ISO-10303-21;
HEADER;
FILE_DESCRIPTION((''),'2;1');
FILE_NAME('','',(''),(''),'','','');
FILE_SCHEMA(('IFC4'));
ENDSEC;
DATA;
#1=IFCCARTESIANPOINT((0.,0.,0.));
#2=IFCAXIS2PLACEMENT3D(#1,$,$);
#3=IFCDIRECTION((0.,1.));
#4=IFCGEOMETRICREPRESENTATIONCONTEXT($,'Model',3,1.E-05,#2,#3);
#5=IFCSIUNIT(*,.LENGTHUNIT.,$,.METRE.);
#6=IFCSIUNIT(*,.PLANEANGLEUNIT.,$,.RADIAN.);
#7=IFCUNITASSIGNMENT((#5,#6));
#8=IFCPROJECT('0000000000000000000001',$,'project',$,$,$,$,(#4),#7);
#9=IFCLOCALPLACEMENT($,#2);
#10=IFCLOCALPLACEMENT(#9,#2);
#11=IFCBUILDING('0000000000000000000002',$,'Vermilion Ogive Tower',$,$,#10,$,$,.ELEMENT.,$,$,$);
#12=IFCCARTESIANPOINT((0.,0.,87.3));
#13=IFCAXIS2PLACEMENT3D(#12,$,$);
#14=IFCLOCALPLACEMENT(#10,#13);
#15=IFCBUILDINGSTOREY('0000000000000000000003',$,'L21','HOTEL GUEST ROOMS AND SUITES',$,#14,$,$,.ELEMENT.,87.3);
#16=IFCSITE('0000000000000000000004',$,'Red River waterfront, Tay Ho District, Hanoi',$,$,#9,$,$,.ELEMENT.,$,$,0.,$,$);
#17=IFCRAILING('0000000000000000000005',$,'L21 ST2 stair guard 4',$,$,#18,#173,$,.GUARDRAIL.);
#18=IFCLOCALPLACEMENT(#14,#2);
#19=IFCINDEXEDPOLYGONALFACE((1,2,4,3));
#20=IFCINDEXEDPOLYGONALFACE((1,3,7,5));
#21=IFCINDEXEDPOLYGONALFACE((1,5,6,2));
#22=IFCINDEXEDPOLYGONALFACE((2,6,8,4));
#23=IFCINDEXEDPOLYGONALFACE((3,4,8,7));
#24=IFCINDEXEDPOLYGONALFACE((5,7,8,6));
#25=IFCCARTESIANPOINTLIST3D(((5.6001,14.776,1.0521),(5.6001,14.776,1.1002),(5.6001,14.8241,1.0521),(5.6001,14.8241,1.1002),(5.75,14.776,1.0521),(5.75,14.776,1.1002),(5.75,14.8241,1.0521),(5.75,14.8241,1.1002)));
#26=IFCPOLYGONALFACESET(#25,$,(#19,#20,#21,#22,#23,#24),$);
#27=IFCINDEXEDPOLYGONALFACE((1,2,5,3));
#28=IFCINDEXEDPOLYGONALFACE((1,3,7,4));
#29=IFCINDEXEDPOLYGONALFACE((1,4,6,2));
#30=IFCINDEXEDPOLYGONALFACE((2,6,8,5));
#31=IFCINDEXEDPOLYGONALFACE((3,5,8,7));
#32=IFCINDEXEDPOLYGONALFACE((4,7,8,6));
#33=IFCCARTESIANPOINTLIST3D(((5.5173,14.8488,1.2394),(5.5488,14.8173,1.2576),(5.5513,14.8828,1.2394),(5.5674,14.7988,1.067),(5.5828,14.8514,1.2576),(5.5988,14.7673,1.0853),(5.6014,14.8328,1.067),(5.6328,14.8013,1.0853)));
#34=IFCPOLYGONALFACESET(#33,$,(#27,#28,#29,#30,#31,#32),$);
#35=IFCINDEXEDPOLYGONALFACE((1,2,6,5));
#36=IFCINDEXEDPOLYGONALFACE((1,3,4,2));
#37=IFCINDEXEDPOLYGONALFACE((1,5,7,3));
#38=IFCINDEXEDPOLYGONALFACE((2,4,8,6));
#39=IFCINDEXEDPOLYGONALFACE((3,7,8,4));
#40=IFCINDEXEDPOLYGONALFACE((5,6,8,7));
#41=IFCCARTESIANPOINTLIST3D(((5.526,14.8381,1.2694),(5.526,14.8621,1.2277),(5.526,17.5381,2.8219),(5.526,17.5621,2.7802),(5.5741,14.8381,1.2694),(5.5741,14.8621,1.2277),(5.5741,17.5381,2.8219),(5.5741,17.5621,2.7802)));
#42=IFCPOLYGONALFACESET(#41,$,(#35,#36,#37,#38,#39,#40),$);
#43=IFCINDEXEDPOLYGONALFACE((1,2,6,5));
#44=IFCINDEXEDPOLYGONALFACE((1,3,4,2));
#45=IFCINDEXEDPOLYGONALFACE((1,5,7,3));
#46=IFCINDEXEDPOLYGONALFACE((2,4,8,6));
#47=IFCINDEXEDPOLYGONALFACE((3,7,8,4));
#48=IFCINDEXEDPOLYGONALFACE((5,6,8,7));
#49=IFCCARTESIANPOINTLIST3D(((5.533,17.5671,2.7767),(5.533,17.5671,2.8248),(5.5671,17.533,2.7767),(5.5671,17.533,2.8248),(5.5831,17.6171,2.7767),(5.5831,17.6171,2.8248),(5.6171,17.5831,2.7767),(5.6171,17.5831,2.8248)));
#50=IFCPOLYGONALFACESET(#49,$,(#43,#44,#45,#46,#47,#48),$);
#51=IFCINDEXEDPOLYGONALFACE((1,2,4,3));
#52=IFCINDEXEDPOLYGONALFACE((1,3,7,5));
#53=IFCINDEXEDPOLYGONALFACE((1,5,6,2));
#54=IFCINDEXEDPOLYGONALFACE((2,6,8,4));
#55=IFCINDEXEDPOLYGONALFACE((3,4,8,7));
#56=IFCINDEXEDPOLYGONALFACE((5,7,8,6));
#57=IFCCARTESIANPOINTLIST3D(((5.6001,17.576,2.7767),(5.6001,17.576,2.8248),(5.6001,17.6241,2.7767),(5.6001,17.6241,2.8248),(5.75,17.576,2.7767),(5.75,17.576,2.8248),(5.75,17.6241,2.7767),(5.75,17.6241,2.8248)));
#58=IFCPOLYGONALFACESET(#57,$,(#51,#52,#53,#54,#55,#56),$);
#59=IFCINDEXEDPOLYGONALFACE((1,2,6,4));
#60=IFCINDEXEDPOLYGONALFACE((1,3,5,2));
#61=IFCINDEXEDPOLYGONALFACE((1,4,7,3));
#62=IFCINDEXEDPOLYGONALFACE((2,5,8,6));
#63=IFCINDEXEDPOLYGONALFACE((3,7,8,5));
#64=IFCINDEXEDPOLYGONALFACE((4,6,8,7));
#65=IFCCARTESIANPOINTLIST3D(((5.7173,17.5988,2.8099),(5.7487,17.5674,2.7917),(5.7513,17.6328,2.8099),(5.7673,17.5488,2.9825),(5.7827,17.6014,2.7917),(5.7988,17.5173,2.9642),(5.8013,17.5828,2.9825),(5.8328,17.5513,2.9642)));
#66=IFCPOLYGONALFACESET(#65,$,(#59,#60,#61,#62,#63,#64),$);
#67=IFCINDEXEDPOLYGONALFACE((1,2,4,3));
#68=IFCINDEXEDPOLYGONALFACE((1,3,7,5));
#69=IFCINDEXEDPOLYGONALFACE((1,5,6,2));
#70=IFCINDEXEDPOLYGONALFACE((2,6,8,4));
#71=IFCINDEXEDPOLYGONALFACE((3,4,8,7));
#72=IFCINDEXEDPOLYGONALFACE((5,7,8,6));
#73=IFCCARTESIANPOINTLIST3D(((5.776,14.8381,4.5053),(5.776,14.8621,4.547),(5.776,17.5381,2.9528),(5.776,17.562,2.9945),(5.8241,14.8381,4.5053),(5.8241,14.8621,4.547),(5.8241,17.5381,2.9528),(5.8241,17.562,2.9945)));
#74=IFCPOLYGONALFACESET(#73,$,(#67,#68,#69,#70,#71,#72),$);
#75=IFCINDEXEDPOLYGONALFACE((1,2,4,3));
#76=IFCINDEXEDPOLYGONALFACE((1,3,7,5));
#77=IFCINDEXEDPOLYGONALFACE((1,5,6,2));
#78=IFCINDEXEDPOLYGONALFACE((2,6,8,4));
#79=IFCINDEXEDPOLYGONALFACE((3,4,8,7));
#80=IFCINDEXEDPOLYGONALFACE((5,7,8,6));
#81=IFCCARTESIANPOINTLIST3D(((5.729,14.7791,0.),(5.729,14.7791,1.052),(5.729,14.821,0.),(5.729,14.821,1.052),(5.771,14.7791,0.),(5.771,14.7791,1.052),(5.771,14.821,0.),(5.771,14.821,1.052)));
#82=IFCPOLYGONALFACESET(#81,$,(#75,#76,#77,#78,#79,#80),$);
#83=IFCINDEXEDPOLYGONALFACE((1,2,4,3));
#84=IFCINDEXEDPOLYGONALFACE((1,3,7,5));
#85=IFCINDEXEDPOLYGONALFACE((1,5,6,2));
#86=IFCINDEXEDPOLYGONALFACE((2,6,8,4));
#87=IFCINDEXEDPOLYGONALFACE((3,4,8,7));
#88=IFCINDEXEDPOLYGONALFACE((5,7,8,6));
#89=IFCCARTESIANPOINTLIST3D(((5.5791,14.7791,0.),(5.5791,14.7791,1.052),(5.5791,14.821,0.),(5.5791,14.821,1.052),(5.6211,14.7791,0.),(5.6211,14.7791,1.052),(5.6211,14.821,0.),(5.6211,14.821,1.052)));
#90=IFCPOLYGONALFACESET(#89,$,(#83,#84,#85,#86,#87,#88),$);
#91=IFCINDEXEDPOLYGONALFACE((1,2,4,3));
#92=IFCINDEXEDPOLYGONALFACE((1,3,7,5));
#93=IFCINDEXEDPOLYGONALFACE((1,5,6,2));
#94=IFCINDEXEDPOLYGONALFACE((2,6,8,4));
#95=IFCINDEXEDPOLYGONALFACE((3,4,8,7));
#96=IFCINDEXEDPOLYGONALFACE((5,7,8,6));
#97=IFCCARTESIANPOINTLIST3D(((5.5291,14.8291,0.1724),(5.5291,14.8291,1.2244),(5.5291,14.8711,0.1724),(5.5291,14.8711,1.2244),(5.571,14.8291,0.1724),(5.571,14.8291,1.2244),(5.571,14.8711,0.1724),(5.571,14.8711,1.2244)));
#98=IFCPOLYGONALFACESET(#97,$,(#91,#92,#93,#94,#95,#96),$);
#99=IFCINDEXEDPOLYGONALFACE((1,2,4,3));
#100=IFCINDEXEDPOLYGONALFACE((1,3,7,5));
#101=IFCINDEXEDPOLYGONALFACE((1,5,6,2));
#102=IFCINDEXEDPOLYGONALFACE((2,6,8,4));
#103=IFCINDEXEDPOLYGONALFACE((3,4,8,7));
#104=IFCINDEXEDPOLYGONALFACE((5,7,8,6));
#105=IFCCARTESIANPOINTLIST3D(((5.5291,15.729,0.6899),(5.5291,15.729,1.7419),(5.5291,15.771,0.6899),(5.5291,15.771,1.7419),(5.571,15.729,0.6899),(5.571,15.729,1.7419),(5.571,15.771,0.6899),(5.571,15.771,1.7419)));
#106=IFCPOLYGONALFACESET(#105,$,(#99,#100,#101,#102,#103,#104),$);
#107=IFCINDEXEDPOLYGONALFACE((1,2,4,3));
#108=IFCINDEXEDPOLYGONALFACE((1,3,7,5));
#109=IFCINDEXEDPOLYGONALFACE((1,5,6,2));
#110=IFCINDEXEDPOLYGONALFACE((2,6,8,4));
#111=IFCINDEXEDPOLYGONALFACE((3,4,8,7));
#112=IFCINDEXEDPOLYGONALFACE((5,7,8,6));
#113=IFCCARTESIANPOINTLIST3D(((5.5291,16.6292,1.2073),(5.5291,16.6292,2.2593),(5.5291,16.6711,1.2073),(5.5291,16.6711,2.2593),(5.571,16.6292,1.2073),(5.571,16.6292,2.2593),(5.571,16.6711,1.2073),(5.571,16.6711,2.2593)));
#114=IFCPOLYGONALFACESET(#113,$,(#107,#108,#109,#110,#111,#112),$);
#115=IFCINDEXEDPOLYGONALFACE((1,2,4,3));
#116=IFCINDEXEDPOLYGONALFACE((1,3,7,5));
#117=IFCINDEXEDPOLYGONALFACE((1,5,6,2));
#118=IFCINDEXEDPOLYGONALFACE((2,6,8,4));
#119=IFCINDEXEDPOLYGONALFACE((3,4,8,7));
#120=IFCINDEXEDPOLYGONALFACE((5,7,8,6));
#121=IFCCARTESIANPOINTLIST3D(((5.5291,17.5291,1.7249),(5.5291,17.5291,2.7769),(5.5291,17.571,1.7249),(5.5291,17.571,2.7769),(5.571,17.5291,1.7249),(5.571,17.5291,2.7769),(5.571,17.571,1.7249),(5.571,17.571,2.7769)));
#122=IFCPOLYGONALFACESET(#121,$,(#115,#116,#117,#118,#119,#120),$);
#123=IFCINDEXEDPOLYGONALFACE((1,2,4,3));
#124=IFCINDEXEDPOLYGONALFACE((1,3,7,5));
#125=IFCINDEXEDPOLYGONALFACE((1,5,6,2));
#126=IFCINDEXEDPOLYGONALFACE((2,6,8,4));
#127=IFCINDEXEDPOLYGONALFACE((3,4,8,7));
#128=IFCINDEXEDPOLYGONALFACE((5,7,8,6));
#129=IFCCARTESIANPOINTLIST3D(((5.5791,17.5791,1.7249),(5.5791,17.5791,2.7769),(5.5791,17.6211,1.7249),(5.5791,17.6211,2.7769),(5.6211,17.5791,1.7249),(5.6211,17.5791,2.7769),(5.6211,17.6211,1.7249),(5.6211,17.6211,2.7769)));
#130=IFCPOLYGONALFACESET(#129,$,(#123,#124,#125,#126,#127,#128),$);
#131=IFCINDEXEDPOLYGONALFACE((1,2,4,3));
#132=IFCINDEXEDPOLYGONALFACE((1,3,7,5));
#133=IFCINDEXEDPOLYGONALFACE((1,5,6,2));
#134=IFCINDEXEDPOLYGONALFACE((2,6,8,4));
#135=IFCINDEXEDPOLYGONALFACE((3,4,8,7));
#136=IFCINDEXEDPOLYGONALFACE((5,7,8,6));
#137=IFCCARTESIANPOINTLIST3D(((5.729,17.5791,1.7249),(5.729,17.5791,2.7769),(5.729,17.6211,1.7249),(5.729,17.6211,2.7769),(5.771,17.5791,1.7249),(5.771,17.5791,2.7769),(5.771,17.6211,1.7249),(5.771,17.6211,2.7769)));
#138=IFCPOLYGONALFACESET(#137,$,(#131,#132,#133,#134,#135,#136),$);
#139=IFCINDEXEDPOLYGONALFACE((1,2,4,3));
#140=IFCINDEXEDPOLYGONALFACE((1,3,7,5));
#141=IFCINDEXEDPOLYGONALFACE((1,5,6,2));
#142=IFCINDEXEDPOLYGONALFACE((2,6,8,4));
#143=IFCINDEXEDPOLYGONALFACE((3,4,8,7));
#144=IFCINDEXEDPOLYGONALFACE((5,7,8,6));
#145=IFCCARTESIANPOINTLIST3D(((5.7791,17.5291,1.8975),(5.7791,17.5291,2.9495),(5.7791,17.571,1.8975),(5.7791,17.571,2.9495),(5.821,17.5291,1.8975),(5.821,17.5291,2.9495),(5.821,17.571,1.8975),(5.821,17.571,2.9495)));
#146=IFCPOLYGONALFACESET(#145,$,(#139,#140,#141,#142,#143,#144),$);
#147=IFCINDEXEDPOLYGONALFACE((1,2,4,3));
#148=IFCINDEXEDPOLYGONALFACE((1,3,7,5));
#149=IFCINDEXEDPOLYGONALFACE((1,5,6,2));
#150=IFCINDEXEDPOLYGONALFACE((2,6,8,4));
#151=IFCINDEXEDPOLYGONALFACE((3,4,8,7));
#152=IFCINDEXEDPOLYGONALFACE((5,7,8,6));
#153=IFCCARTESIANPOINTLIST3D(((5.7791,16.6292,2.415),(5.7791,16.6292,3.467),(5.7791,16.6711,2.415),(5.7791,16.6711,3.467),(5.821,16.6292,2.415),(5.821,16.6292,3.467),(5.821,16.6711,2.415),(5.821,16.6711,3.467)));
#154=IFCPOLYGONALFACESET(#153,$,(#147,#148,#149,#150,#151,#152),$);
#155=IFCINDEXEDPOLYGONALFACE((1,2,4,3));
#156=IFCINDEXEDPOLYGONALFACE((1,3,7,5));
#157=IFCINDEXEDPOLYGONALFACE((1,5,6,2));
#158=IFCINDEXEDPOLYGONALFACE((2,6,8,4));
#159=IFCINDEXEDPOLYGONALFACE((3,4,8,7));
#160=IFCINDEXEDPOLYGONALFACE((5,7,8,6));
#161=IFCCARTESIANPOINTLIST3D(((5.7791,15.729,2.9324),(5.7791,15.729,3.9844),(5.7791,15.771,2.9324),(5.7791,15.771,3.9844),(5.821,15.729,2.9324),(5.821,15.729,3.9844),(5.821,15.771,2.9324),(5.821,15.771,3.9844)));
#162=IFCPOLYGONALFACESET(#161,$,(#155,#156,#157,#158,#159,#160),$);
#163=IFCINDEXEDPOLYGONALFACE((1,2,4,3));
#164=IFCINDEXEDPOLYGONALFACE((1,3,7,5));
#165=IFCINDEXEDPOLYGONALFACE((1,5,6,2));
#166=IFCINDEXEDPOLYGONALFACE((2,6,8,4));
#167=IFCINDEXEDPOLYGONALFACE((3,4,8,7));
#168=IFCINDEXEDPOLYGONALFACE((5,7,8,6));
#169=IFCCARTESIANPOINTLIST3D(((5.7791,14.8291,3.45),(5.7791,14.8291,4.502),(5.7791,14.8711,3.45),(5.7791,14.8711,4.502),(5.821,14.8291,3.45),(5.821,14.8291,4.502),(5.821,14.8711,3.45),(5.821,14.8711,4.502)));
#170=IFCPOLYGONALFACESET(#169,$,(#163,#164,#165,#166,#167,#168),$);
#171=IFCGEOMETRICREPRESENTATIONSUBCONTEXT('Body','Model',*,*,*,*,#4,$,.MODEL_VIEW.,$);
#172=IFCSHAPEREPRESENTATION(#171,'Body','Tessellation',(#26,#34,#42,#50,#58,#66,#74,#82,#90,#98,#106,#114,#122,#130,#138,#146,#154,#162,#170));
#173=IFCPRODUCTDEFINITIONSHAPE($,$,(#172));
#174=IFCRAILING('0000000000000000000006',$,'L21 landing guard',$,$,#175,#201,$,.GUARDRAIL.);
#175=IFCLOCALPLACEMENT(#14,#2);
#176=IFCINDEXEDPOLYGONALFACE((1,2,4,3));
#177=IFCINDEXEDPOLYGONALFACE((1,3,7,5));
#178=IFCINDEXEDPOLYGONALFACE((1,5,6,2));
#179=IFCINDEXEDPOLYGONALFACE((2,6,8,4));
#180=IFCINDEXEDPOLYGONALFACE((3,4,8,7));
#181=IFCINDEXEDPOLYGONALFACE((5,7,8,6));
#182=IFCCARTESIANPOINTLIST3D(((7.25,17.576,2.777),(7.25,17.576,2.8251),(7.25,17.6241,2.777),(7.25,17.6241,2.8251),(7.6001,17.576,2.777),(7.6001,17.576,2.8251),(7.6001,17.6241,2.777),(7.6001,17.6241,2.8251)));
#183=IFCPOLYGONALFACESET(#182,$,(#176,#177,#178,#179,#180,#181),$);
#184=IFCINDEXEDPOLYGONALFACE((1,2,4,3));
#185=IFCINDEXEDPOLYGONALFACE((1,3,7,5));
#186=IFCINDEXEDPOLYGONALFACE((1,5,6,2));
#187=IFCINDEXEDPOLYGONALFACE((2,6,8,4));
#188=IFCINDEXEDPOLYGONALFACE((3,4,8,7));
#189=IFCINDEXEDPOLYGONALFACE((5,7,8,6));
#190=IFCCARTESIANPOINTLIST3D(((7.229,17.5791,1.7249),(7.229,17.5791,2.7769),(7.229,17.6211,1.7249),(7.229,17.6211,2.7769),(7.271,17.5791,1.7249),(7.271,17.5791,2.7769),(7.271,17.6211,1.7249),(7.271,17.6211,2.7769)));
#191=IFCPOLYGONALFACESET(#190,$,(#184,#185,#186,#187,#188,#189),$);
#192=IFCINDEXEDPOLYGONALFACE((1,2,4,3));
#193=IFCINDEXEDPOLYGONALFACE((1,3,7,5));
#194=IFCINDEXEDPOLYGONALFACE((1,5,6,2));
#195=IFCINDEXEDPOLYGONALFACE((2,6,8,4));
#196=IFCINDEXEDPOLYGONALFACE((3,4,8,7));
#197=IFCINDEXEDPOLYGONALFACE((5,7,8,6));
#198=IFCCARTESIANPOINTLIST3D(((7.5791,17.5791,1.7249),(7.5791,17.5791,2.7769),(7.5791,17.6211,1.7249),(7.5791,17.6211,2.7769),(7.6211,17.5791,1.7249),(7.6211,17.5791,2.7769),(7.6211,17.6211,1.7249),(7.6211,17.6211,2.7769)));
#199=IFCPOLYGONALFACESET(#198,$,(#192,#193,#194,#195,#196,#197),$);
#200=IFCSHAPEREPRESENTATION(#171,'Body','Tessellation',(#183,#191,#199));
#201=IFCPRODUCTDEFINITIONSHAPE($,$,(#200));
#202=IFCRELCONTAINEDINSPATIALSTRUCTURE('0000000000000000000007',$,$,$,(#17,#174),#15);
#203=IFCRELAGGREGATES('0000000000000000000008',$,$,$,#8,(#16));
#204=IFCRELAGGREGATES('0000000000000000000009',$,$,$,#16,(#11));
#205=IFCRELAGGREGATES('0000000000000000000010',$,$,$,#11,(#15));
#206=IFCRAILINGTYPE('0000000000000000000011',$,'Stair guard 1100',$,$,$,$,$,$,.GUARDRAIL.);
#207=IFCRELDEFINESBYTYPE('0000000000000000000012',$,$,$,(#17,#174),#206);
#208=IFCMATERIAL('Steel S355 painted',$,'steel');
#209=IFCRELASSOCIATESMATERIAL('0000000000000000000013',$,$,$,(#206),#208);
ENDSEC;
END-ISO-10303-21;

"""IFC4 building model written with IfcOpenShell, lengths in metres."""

from ifc_helpers import new_model, si_unit, direction, frame, origin, origin_2d, place, context, subcontext, project, spatial, rectangle, extrude, material, type_object, element, save


model = new_model("IFC4")

# Units and contexts
model_context = context("Model", 3, precision=1e-05, world=origin(), true_north=direction((0.0, 1.0)))
body_context = subcontext(model_context, "Body", "Model", "MODEL_VIEW")
ifc_project = project(units=[si_unit("LENGTHUNIT", "METRE"), si_unit("PLANEANGLEUNIT", "RADIAN")], contexts=[model_context])

# Site, building, storey
site_placement = place(None, origin())
site = spatial("IfcSite", under=ifc_project, at=site_placement, Name="Red River waterfront, Tay Ho District, Hanoi", CompositionType="ELEMENT", RefElevation=0.0)
building_placement = place(site_placement, origin())
building = spatial("IfcBuilding", under=site, at=building_placement, Name="Vermilion Ogive Tower", CompositionType="ELEMENT")
storey_placement = place(building_placement, frame((0.0, 0.0, 87.3)))
storey = spatial("IfcBuildingStorey", under=building, at=storey_placement, Name="L21", Description="HOTEL GUEST ROOMS AND SUITES", CompositionType="ELEMENT", Elevation=87.3)

# Railings
ifc_material_1 = material(Name="Steel S355 painted", Category="steel")
railing_type_1 = type_object("IfcRailingType", Name="Stair guard 1100", PredefinedType="GUARDRAIL", material=ifc_material_1)
railing_1_placement = place(storey_placement, frame((5.75, 14.8, 0.0)))
element("IfcRailing", 1, at=railing_1_placement, inside=storey, type_object=railing_type_1, Name="L21 ST2 stair guard 4", PredefinedType="GUARDRAIL", context=body_context, shape_type="SweptSolid", body=[
    extrude(rectangle(XDim=0.0481, YDim=0.0481, at=origin_2d()), frame((0.0, 0.0, 1.0762), z_axis=(-1.0, 0.0, 0.0), x_axis=(0.0, -1.0, 0.0)), (0.0, 0.0, 1.0), 0.1499),
    extrude(rectangle(XDim=0.0481, YDim=0.0481, at=origin_2d()), frame((-0.1499, 0.0, 1.0762), z_axis=(-0.268603, 0.268603, 0.925043), x_axis=(-0.707107, -0.707107, 0.0)), (0.0, 0.0, 1.0), 0.1863),
    extrude(rectangle(XDim=0.0481, YDim=0.0481, at=origin_2d()), frame((-0.2, 0.05, 1.2485), z_axis=(0.0, 0.866904, 0.498476), x_axis=(-1.0, 0.0, 0.0)), (0.0, 0.0, 1.0), 3.1145),
    extrude(rectangle(XDim=0.0481, YDim=0.0481, at=origin_2d()), frame((-0.2, 2.75, 2.8008), z_axis=(0.707107, 0.707107, 0.0), x_axis=(-0.707107, 0.707107, 0.0)), (0.0, 0.0, 1.0), 0.0708),
    extrude(rectangle(XDim=0.0481, YDim=0.0481, at=origin_2d()), frame((-0.1499, 2.8, 2.8008), z_axis=(1.0, 0.0, 0.0), x_axis=(0.0, 1.0, 0.0)), (0.0, 0.0, 1.0), 0.1499),
    extrude(rectangle(XDim=0.0481, YDim=0.0481, at=origin_2d()), frame((0.0, 2.8, 2.8008), z_axis=(0.268278, -0.268278, 0.925232), x_axis=(0.707107, 0.707107, 0.0)), (0.0, 0.0, 1.0), 0.1865),
    extrude(rectangle(XDim=0.0481, YDim=0.0481, at=origin_2d()), frame((0.05, 2.75, 2.9736), z_axis=(0.0, -0.866904, 0.498476), x_axis=(1.0, 0.0, 0.0)), (0.0, 0.0, 1.0), 3.1145),
    extrude(rectangle(XDim=0.042, YDim=0.042, at=origin_2d()), origin(), (0.0, 0.0, 1.0), 1.052),
    extrude(rectangle(XDim=0.042, YDim=0.042, at=origin_2d()), frame((-0.1499, 0.0, 0.0)), (0.0, 0.0, 1.0), 1.052),
    extrude(rectangle(XDim=0.042, YDim=0.042, at=origin_2d()), frame((-0.2, 0.05, 0.1724)), (0.0, 0.0, 1.0), 1.052),
    extrude(rectangle(XDim=0.042, YDim=0.042, at=origin_2d()), frame((-0.2, 0.95, 0.6899)), (0.0, 0.0, 1.0), 1.052),
    extrude(rectangle(XDim=0.042, YDim=0.042, at=origin_2d()), frame((-0.2, 1.8501, 1.2073)), (0.0, 0.0, 1.0), 1.052),
    extrude(rectangle(XDim=0.042, YDim=0.042, at=origin_2d()), frame((-0.2, 2.75, 1.7249)), (0.0, 0.0, 1.0), 1.052),
    extrude(rectangle(XDim=0.042, YDim=0.042, at=origin_2d()), frame((-0.1499, 2.8, 1.7249)), (0.0, 0.0, 1.0), 1.052),
    extrude(rectangle(XDim=0.042, YDim=0.042, at=origin_2d()), frame((0.0, 2.8, 1.7249)), (0.0, 0.0, 1.0), 1.052),
    extrude(rectangle(XDim=0.042, YDim=0.042, at=origin_2d()), frame((0.05, 2.75, 1.8975)), (0.0, 0.0, 1.0), 1.052),
    extrude(rectangle(XDim=0.042, YDim=0.042, at=origin_2d()), frame((0.05, 1.8501, 2.415)), (0.0, 0.0, 1.0), 1.052),
    extrude(rectangle(XDim=0.042, YDim=0.042, at=origin_2d()), frame((0.05, 0.95, 2.9324)), (0.0, 0.0, 1.0), 1.052),
    extrude(rectangle(XDim=0.042, YDim=0.042, at=origin_2d()), frame((0.05, 0.05, 3.45)), (0.0, 0.0, 1.0), 1.052),
])
railing_2_placement = place(storey_placement, frame((7.25, 17.6001, 1.7249)))
element("IfcRailing", 2, at=railing_2_placement, inside=storey, type_object=railing_type_1, Name="L21 landing guard", PredefinedType="GUARDRAIL", context=body_context, shape_type="SweptSolid", body=[
    extrude(rectangle(XDim=0.0481, YDim=0.0481, at=origin_2d()), frame((0.0, 0.0, 1.0762), z_axis=(1.0, 0.0, 0.0), x_axis=(0.0, 1.0, 0.0)), (0.0, 0.0, 1.0), 0.3501),
    extrude(rectangle(XDim=0.042, YDim=0.042, at=origin_2d()), origin(), (0.0, 0.0, 1.0), 1.052),
    extrude(rectangle(XDim=0.042, YDim=0.042, at=origin_2d()), frame((0.3501, 0.0, 0.0)), (0.0, 0.0, 1.0), 1.052),
])

save(model, "model.ifc")
